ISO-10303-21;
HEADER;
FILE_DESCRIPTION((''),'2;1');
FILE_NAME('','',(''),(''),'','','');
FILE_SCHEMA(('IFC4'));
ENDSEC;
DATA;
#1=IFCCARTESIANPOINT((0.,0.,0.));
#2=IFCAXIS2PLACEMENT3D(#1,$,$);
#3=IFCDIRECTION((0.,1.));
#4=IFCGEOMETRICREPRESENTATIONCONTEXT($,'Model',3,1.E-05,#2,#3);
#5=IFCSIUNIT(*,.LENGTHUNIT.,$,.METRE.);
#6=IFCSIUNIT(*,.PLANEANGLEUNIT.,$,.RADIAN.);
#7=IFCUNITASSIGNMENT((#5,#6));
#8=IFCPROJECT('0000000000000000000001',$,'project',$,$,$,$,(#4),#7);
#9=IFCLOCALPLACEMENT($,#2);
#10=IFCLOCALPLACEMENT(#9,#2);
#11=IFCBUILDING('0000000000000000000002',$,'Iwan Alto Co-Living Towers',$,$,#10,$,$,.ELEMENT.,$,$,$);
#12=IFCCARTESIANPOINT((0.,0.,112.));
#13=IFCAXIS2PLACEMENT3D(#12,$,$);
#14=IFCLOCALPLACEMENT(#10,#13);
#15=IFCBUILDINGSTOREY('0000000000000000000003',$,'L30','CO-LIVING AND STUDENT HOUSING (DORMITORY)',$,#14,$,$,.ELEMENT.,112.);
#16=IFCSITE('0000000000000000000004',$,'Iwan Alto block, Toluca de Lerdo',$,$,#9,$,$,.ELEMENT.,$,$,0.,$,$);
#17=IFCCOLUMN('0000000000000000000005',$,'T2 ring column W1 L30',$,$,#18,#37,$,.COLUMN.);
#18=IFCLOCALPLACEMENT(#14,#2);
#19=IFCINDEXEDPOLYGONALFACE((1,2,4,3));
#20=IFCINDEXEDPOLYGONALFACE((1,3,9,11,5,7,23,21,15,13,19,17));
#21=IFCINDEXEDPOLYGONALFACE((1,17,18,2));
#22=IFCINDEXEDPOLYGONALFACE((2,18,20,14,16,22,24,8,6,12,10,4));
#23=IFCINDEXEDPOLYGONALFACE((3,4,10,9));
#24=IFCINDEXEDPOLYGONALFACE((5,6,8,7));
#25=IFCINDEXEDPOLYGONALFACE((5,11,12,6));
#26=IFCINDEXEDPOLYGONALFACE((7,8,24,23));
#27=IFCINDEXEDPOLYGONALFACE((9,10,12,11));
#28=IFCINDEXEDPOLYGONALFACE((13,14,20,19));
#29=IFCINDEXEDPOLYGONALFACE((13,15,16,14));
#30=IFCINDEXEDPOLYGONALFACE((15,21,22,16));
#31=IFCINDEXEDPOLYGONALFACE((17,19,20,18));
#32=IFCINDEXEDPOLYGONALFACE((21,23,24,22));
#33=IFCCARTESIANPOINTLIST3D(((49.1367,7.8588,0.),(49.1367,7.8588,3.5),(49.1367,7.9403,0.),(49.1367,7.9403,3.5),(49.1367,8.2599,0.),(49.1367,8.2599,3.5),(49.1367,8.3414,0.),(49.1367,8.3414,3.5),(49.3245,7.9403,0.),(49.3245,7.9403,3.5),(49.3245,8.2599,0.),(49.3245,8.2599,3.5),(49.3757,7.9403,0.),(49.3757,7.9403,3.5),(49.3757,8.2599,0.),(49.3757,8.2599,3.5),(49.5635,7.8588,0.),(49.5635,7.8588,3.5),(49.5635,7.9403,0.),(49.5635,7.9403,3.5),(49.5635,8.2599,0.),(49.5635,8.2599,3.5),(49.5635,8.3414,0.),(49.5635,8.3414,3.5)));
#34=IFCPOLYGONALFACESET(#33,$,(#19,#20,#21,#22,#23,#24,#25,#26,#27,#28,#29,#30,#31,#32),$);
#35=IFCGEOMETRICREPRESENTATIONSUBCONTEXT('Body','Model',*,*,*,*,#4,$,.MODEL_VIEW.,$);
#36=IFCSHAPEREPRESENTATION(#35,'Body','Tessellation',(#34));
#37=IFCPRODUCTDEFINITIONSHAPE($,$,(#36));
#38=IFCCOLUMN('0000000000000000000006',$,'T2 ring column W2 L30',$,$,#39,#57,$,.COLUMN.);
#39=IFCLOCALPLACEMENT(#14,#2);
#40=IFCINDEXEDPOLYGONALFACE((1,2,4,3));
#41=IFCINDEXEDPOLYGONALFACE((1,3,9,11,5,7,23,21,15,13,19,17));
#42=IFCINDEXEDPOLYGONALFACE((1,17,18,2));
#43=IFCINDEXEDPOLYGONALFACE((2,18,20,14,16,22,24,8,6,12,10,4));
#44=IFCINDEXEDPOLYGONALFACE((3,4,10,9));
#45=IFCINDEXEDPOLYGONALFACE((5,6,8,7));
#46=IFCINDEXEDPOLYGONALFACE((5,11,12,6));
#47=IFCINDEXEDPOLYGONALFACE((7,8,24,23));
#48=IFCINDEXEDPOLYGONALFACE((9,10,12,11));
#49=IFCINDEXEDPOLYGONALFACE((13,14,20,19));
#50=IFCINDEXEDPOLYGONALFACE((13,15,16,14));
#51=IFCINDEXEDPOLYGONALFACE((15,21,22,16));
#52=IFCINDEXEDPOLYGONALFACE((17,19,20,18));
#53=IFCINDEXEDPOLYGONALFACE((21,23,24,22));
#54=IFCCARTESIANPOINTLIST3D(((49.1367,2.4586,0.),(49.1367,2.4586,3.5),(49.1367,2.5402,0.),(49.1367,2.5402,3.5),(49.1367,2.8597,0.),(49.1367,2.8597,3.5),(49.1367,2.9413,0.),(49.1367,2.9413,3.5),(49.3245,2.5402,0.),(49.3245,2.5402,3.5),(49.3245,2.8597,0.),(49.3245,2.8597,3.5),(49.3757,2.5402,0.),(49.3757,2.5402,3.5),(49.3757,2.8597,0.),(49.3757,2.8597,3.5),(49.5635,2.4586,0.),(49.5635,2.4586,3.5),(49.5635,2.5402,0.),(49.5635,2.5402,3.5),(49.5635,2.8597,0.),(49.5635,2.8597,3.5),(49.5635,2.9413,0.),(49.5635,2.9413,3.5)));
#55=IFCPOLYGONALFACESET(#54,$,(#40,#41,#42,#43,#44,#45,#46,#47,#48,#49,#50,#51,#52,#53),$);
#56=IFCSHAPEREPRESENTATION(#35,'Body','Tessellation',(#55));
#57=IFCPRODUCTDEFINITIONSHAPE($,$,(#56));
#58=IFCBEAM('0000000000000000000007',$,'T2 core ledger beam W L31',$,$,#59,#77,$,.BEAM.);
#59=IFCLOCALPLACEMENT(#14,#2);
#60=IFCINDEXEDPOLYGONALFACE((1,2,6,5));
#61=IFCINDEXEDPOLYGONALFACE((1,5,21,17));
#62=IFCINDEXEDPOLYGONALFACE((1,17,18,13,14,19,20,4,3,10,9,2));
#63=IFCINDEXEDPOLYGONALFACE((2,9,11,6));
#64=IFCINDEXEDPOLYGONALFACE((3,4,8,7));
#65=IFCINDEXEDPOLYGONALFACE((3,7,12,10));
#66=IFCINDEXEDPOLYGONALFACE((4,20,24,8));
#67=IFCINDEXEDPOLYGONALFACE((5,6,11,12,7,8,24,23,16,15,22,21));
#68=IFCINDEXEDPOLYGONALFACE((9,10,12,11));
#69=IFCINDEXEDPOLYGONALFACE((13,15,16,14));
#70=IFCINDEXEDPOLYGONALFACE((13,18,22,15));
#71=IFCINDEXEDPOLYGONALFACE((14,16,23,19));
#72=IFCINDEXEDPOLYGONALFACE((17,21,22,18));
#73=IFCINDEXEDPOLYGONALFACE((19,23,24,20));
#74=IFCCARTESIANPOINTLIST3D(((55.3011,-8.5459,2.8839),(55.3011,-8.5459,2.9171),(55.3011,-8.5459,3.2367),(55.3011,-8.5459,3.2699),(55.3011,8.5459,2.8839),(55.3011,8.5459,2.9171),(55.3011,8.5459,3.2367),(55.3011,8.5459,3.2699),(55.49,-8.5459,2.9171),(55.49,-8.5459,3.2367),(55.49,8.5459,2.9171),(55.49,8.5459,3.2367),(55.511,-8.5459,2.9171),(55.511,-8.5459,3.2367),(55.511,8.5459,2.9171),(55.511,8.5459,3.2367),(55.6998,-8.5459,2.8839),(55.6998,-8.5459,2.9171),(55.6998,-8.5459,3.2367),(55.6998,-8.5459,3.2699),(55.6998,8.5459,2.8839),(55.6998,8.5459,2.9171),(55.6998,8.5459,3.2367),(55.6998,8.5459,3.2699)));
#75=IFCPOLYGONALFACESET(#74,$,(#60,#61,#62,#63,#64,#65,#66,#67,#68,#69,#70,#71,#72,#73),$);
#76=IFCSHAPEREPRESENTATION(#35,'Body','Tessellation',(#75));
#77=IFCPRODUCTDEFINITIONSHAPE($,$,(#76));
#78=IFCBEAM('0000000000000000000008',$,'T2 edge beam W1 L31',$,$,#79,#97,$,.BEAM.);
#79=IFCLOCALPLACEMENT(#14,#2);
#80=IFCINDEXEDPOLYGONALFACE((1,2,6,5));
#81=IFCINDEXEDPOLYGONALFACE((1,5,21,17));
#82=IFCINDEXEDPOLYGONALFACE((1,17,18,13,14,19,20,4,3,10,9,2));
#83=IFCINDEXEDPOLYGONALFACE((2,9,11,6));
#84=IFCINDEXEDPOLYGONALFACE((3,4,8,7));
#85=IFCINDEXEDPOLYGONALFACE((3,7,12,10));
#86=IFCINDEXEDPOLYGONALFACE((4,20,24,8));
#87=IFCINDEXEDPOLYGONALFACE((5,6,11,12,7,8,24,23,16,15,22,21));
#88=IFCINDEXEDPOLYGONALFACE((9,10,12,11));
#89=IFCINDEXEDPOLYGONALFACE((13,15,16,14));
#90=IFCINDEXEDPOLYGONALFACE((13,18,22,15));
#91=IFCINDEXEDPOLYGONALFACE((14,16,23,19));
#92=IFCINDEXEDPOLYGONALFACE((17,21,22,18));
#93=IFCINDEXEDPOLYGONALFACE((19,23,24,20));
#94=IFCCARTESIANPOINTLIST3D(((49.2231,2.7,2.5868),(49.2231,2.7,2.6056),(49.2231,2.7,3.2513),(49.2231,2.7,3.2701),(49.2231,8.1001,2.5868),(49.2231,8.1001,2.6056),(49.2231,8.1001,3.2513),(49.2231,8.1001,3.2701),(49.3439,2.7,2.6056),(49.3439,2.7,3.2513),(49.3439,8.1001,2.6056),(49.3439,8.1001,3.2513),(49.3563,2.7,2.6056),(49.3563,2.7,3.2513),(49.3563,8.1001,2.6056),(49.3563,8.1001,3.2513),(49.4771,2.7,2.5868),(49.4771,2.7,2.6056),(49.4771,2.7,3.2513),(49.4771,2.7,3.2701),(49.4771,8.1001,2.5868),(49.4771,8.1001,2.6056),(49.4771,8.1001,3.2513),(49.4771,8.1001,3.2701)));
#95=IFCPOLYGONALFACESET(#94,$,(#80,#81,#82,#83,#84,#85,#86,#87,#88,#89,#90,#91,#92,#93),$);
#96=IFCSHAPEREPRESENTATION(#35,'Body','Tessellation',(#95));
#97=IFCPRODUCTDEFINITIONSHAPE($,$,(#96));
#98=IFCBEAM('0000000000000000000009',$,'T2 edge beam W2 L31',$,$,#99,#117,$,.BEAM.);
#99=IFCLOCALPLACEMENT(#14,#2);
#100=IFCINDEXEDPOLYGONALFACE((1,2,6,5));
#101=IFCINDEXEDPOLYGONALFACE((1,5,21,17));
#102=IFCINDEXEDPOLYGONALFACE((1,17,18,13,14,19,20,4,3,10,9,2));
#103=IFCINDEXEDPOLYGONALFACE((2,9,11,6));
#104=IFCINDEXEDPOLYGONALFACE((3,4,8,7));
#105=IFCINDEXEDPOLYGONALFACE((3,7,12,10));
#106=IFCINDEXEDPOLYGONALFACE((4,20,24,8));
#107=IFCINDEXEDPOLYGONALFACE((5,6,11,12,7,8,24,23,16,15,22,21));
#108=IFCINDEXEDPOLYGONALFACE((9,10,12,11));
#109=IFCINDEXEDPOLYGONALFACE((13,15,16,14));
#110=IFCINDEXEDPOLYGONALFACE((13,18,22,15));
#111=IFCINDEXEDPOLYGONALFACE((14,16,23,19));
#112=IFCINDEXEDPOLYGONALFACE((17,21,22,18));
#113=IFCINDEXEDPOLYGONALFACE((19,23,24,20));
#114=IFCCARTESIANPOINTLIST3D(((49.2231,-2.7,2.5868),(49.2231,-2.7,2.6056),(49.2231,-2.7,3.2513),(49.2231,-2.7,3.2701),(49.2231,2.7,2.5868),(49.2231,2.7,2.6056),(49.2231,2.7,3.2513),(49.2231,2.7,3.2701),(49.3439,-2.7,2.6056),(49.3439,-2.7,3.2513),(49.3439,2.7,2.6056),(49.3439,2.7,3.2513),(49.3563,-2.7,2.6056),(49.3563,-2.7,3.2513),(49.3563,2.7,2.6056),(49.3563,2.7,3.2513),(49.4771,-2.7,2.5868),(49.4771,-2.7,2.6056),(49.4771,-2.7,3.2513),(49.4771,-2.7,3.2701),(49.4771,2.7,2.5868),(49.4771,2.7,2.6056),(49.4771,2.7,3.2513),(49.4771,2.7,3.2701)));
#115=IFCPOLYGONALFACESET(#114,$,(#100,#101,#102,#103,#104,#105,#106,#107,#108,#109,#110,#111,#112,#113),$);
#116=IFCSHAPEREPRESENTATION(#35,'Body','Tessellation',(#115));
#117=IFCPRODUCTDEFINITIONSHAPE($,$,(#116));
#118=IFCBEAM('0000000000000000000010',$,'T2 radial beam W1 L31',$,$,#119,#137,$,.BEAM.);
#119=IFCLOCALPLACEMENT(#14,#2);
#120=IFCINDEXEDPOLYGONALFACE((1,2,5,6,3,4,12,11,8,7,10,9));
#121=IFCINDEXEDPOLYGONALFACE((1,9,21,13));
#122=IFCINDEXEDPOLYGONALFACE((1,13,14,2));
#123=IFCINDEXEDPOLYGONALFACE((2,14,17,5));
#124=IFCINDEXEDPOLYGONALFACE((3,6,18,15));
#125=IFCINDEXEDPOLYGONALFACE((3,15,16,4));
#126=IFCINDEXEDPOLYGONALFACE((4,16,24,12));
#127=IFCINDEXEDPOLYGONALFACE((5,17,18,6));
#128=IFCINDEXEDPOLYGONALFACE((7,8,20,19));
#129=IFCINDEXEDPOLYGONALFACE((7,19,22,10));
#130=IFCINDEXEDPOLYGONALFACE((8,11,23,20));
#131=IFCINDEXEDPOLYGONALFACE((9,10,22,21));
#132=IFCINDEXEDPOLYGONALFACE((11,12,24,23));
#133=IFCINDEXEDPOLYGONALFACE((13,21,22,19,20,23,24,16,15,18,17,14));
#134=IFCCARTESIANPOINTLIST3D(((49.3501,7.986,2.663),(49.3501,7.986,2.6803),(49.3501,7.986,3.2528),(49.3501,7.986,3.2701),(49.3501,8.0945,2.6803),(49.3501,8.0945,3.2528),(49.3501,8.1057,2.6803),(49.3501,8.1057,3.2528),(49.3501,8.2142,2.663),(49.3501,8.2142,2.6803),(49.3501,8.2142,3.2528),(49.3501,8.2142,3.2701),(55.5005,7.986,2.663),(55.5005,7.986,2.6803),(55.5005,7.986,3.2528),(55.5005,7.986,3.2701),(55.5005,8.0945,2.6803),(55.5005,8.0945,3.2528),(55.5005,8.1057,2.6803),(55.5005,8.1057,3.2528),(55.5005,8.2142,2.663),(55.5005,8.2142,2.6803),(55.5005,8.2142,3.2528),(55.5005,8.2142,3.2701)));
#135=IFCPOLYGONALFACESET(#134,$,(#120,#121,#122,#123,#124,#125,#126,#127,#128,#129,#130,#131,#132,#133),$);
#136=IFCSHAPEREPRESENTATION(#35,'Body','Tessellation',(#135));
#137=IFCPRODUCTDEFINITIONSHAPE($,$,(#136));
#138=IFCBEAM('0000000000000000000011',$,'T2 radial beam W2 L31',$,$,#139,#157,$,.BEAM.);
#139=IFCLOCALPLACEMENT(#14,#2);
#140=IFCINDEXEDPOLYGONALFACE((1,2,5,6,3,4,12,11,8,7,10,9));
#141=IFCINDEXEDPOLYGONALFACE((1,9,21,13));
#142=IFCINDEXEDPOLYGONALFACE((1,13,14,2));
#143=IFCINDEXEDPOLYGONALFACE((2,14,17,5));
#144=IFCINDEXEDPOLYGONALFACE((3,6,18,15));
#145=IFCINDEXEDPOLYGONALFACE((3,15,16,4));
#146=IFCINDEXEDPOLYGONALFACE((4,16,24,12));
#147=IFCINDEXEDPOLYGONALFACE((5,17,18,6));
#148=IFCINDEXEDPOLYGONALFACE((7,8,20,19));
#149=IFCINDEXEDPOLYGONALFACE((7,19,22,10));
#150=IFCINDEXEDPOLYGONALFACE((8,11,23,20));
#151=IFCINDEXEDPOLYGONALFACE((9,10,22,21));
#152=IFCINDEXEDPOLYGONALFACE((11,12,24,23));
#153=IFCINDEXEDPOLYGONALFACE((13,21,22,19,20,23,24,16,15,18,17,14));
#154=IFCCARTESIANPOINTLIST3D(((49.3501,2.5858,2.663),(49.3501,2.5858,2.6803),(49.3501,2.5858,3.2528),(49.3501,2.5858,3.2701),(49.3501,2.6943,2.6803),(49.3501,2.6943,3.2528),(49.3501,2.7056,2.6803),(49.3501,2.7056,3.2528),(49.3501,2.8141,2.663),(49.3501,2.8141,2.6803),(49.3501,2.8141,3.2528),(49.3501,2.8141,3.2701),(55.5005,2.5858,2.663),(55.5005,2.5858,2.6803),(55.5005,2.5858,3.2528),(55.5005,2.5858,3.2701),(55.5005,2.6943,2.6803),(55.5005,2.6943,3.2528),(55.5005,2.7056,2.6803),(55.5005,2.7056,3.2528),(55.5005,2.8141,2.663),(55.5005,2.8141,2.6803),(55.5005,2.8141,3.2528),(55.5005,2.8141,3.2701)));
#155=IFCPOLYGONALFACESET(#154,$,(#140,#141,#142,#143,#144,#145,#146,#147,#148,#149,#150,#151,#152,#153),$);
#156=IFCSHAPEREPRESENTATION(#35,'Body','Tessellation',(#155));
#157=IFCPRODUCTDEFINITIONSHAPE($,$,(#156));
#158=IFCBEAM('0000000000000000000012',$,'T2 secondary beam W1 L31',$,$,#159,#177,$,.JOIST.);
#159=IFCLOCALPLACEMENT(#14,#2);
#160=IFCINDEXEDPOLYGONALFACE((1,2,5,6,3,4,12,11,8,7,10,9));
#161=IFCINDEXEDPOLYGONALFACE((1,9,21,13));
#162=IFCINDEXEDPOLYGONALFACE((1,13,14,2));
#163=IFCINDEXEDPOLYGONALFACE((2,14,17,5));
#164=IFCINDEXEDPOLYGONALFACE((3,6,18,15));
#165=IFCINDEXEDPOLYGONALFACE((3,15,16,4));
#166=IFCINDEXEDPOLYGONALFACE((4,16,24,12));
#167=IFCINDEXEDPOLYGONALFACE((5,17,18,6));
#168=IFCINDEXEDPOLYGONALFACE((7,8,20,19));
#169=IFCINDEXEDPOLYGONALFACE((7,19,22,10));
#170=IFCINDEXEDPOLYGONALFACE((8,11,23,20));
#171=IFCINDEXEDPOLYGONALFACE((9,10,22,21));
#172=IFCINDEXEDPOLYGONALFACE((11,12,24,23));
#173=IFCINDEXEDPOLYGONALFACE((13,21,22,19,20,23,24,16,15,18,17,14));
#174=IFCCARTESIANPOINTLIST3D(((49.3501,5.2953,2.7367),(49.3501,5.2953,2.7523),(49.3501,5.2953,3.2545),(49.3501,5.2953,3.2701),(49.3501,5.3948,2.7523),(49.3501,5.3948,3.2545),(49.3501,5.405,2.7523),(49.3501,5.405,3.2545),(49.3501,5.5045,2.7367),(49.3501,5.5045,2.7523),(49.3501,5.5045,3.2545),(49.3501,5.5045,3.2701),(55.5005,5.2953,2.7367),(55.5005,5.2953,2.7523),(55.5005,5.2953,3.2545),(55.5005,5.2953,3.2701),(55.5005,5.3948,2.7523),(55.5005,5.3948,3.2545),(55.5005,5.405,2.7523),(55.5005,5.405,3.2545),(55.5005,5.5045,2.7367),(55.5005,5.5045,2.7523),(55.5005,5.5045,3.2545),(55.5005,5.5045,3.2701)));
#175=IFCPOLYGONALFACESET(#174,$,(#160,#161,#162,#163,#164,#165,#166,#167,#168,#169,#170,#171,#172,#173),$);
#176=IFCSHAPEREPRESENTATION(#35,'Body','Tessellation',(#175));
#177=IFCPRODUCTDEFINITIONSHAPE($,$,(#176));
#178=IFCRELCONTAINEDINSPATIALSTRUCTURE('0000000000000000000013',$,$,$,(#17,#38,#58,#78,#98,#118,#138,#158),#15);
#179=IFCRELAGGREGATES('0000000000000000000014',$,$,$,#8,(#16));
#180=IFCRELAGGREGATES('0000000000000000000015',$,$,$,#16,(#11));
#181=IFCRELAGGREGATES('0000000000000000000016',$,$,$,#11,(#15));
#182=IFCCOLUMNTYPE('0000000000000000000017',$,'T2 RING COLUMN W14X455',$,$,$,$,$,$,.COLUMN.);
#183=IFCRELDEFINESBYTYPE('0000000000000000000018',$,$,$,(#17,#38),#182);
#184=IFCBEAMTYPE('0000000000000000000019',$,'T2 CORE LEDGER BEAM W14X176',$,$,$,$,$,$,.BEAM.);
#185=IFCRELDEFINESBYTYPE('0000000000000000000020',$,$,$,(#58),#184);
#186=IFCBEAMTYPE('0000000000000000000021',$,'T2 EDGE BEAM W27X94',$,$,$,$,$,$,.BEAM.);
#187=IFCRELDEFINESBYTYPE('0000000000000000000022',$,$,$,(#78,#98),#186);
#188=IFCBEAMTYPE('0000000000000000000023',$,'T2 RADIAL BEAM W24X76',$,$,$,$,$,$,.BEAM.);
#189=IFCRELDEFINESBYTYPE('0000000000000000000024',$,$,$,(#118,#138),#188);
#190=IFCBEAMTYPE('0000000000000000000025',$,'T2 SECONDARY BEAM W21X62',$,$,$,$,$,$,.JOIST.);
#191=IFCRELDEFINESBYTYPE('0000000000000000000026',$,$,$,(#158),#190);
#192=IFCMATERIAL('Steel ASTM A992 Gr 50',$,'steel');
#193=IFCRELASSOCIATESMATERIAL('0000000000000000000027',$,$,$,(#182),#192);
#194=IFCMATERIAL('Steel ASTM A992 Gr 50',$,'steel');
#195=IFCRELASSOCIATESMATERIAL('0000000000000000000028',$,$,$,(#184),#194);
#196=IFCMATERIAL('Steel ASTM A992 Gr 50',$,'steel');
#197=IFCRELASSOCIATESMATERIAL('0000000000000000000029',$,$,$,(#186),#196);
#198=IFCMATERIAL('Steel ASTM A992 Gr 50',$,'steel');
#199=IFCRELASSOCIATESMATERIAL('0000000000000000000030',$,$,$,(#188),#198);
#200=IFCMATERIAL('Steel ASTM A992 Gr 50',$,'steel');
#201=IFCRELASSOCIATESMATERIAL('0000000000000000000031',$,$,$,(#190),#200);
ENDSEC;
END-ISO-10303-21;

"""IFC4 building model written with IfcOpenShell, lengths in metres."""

from ifc_helpers import new_model, si_unit, direction, frame, origin, origin_2d, place, context, subcontext, project, spatial, i_section, extrude, material, material_profile, profile_set, type_object, element, save


model = new_model("IFC4")

# Units and contexts
model_context = context("Model", 3, precision=1e-05, world=origin(), true_north=direction((0.0, 1.0)))
body_context = subcontext(model_context, "Body", "Model", "MODEL_VIEW")
ifc_project = project(units=[si_unit("LENGTHUNIT", "METRE"), si_unit("PLANEANGLEUNIT", "RADIAN")], contexts=[model_context])

# Site, building, storey
site_placement = place(None, origin())
site = spatial("IfcSite", under=ifc_project, at=site_placement, Name="Iwan Alto block, Toluca de Lerdo", CompositionType="ELEMENT", RefElevation=0.0)
building_placement = place(site_placement, origin())
building = spatial("IfcBuilding", under=site, at=building_placement, Name="Iwan Alto Co-Living Towers", CompositionType="ELEMENT")
storey_placement = place(building_placement, frame((0.0, 0.0, 112.0)))
storey = spatial("IfcBuildingStorey", under=building, at=storey_placement, Name="L30", Description="CO-LIVING AND STUDENT HOUSING (DORMITORY)", CompositionType="ELEMENT", Elevation=112.0)

# Columns
ifc_material_1 = material(Name="Steel ASTM A992 Gr 50", Category="steel")
ifc_material_profile_1 = material_profile(ifc_material_1, i_section(OverallWidth=0.4268, OverallDepth=0.4827, WebThickness=0.0513, FlangeThickness=0.0815, at=origin_2d()), Name="W14X455")
ifc_profile_set_1 = profile_set([ifc_material_profile_1], Name="Steel ASTM A992 Gr 50")
column_type = type_object("IfcColumnType", Name="T2 RING COLUMN W14X455", PredefinedType="COLUMN", material=ifc_profile_set_1)
for number, where, z_axis, x_axis, name in (
    (1, (49.3501, 8.1001, 0.0), (0.0, 0.0, 1.0), (1.0, 0.0, 0.0), "T2 ring column W1 L30"),
    (2, (49.3501, 2.7, 0.0), (0.0, 0.0, 1.0), (1.0, 0.0, 0.0), "T2 ring column W2 L30"),
):
    element("IfcColumn", number, at=place(storey_placement, frame(where, z_axis=z_axis, x_axis=x_axis)), inside=storey, type_object=column_type, Name=name, PredefinedType="COLUMN", context=body_context, shape_type="SweptSolid", body=[
        extrude(i_section(OverallWidth=0.4268, OverallDepth=0.4827, WebThickness=0.0513, FlangeThickness=0.0815, at=origin_2d()), origin(), (0.0, 0.0, 1.0), 3.5),
    ])

# Beams
ifc_material_2 = material(Name="Steel ASTM A992 Gr 50", Category="steel")
ifc_material_profile_2 = material_profile(ifc_material_2, i_section(OverallWidth=0.3987, OverallDepth=0.386, WebThickness=0.021, FlangeThickness=0.0332, at=origin_2d()), Name="W14X176")
ifc_profile_set_2 = profile_set([ifc_material_profile_2], Name="Steel ASTM A992 Gr 50")
beam_type_1 = type_object("IfcBeamType", Name="T2 CORE LEDGER BEAM W14X176", PredefinedType="BEAM", material=ifc_profile_set_2)
beam_1_placement = place(storey_placement, frame((55.5005, 8.5459, 3.0769), z_axis=(0.0, -1.0, 0.0), x_axis=(1.0, 0.0, 0.0)))
element("IfcBeam", 3, at=beam_1_placement, inside=storey, type_object=beam_type_1, Name="T2 core ledger beam W L31", PredefinedType="BEAM", context=body_context, shape_type="SweptSolid", body=[
    extrude(i_section(OverallWidth=0.3987, OverallDepth=0.386, WebThickness=0.021, FlangeThickness=0.0332, at=origin_2d()), origin(), (0.0, 0.0, 1.0), 17.0918),
])
ifc_material_3 = material(Name="Steel ASTM A992 Gr 50", Category="steel")
ifc_material_profile_3 = material_profile(ifc_material_3, i_section(OverallWidth=0.2539, OverallDepth=0.6833, WebThickness=0.0125, FlangeThickness=0.0188, at=origin_2d()), Name="W27X94")
ifc_profile_set_3 = profile_set([ifc_material_profile_3], Name="Steel ASTM A992 Gr 50")
beam_type_2 = type_object("IfcBeamType", Name="T2 EDGE BEAM W27X94", PredefinedType="BEAM", material=ifc_profile_set_3)
beam_2_placement = place(storey_placement, frame((49.3501, 8.1001, 2.9285), z_axis=(0.0, -1.0, 0.0), x_axis=(1.0, 0.0, 0.0)))
element("IfcBeam", 4, at=beam_2_placement, inside=storey, type_object=beam_type_2, Name="T2 edge beam W1 L31", PredefinedType="BEAM", context=body_context, shape_type="SweptSolid", body=[
    extrude(i_section(OverallWidth=0.2539, OverallDepth=0.6833, WebThickness=0.0125, FlangeThickness=0.0188, at=origin_2d()), origin(), (0.0, 0.0, 1.0), 5.4001),
])
beam_3_placement = place(storey_placement, frame((49.3501, 2.7, 2.9285), z_axis=(0.0, -1.0, 0.0), x_axis=(1.0, 0.0, 0.0)))
element("IfcBeam", 5, at=beam_3_placement, inside=storey, type_object=beam_type_2, Name="T2 edge beam W2 L31", PredefinedType="BEAM", context=body_context, shape_type="SweptSolid", body=[
    extrude(i_section(OverallWidth=0.2539, OverallDepth=0.6833, WebThickness=0.0125, FlangeThickness=0.0188, at=origin_2d()), origin(), (0.0, 0.0, 1.0), 5.3999),
])
ifc_material_4 = material(Name="Steel ASTM A992 Gr 50", Category="steel")
ifc_material_profile_4 = material_profile(ifc_material_4, i_section(OverallWidth=0.2283, OverallDepth=0.6072, WebThickness=0.0112, FlangeThickness=0.0173, at=origin_2d()), Name="W24X76")
ifc_profile_set_4 = profile_set([ifc_material_profile_4], Name="Steel ASTM A992 Gr 50")
beam_type_3 = type_object("IfcBeamType", Name="T2 RADIAL BEAM W24X76", PredefinedType="BEAM", material=ifc_profile_set_4)
for number, where, z_axis, x_axis, name in (
    (6, (49.3501, 8.1001, 2.9666), (1.0, 0.0, 0.0), (0.0, 1.0, 0.0), "T2 radial beam W1 L31"),
    (7, (49.3501, 2.7, 2.9666), (1.0, 0.0, 0.0), (0.0, 1.0, 0.0), "T2 radial beam W2 L31"),
):
    element("IfcBeam", number, at=place(storey_placement, frame(where, z_axis=z_axis, x_axis=x_axis)), inside=storey, type_object=beam_type_3, Name=name, PredefinedType="BEAM", context=body_context, shape_type="SweptSolid", body=[
        extrude(i_section(OverallWidth=0.2283, OverallDepth=0.6072, WebThickness=0.0112, FlangeThickness=0.0173, at=origin_2d()), origin(), (0.0, 0.0, 1.0), 6.1504),
    ])
ifc_material_5 = material(Name="Steel ASTM A992 Gr 50", Category="steel")
ifc_material_profile_5 = material_profile(ifc_material_5, i_section(OverallWidth=0.2092, OverallDepth=0.5334, WebThickness=0.0103, FlangeThickness=0.0156, at=origin_2d()), Name="W21X62")
ifc_profile_set_5 = profile_set([ifc_material_profile_5], Name="Steel ASTM A992 Gr 50")
beam_type_4 = type_object("IfcBeamType", Name="T2 SECONDARY BEAM W21X62", PredefinedType="JOIST", material=ifc_profile_set_5)
beam_4_placement = place(storey_placement, frame((49.3501, 5.3999, 3.0034), z_axis=(1.0, 0.0, 0.0), x_axis=(0.0, 1.0, 0.0)))
element("IfcBeam", 8, at=beam_4_placement, inside=storey, type_object=beam_type_4, Name="T2 secondary beam W1 L31", PredefinedType="JOIST", context=body_context, shape_type="SweptSolid", body=[
    extrude(i_section(OverallWidth=0.2092, OverallDepth=0.5334, WebThickness=0.0103, FlangeThickness=0.0156, at=origin_2d()), origin(), (0.0, 0.0, 1.0), 6.1504),
])

save(model, "model.ifc")
